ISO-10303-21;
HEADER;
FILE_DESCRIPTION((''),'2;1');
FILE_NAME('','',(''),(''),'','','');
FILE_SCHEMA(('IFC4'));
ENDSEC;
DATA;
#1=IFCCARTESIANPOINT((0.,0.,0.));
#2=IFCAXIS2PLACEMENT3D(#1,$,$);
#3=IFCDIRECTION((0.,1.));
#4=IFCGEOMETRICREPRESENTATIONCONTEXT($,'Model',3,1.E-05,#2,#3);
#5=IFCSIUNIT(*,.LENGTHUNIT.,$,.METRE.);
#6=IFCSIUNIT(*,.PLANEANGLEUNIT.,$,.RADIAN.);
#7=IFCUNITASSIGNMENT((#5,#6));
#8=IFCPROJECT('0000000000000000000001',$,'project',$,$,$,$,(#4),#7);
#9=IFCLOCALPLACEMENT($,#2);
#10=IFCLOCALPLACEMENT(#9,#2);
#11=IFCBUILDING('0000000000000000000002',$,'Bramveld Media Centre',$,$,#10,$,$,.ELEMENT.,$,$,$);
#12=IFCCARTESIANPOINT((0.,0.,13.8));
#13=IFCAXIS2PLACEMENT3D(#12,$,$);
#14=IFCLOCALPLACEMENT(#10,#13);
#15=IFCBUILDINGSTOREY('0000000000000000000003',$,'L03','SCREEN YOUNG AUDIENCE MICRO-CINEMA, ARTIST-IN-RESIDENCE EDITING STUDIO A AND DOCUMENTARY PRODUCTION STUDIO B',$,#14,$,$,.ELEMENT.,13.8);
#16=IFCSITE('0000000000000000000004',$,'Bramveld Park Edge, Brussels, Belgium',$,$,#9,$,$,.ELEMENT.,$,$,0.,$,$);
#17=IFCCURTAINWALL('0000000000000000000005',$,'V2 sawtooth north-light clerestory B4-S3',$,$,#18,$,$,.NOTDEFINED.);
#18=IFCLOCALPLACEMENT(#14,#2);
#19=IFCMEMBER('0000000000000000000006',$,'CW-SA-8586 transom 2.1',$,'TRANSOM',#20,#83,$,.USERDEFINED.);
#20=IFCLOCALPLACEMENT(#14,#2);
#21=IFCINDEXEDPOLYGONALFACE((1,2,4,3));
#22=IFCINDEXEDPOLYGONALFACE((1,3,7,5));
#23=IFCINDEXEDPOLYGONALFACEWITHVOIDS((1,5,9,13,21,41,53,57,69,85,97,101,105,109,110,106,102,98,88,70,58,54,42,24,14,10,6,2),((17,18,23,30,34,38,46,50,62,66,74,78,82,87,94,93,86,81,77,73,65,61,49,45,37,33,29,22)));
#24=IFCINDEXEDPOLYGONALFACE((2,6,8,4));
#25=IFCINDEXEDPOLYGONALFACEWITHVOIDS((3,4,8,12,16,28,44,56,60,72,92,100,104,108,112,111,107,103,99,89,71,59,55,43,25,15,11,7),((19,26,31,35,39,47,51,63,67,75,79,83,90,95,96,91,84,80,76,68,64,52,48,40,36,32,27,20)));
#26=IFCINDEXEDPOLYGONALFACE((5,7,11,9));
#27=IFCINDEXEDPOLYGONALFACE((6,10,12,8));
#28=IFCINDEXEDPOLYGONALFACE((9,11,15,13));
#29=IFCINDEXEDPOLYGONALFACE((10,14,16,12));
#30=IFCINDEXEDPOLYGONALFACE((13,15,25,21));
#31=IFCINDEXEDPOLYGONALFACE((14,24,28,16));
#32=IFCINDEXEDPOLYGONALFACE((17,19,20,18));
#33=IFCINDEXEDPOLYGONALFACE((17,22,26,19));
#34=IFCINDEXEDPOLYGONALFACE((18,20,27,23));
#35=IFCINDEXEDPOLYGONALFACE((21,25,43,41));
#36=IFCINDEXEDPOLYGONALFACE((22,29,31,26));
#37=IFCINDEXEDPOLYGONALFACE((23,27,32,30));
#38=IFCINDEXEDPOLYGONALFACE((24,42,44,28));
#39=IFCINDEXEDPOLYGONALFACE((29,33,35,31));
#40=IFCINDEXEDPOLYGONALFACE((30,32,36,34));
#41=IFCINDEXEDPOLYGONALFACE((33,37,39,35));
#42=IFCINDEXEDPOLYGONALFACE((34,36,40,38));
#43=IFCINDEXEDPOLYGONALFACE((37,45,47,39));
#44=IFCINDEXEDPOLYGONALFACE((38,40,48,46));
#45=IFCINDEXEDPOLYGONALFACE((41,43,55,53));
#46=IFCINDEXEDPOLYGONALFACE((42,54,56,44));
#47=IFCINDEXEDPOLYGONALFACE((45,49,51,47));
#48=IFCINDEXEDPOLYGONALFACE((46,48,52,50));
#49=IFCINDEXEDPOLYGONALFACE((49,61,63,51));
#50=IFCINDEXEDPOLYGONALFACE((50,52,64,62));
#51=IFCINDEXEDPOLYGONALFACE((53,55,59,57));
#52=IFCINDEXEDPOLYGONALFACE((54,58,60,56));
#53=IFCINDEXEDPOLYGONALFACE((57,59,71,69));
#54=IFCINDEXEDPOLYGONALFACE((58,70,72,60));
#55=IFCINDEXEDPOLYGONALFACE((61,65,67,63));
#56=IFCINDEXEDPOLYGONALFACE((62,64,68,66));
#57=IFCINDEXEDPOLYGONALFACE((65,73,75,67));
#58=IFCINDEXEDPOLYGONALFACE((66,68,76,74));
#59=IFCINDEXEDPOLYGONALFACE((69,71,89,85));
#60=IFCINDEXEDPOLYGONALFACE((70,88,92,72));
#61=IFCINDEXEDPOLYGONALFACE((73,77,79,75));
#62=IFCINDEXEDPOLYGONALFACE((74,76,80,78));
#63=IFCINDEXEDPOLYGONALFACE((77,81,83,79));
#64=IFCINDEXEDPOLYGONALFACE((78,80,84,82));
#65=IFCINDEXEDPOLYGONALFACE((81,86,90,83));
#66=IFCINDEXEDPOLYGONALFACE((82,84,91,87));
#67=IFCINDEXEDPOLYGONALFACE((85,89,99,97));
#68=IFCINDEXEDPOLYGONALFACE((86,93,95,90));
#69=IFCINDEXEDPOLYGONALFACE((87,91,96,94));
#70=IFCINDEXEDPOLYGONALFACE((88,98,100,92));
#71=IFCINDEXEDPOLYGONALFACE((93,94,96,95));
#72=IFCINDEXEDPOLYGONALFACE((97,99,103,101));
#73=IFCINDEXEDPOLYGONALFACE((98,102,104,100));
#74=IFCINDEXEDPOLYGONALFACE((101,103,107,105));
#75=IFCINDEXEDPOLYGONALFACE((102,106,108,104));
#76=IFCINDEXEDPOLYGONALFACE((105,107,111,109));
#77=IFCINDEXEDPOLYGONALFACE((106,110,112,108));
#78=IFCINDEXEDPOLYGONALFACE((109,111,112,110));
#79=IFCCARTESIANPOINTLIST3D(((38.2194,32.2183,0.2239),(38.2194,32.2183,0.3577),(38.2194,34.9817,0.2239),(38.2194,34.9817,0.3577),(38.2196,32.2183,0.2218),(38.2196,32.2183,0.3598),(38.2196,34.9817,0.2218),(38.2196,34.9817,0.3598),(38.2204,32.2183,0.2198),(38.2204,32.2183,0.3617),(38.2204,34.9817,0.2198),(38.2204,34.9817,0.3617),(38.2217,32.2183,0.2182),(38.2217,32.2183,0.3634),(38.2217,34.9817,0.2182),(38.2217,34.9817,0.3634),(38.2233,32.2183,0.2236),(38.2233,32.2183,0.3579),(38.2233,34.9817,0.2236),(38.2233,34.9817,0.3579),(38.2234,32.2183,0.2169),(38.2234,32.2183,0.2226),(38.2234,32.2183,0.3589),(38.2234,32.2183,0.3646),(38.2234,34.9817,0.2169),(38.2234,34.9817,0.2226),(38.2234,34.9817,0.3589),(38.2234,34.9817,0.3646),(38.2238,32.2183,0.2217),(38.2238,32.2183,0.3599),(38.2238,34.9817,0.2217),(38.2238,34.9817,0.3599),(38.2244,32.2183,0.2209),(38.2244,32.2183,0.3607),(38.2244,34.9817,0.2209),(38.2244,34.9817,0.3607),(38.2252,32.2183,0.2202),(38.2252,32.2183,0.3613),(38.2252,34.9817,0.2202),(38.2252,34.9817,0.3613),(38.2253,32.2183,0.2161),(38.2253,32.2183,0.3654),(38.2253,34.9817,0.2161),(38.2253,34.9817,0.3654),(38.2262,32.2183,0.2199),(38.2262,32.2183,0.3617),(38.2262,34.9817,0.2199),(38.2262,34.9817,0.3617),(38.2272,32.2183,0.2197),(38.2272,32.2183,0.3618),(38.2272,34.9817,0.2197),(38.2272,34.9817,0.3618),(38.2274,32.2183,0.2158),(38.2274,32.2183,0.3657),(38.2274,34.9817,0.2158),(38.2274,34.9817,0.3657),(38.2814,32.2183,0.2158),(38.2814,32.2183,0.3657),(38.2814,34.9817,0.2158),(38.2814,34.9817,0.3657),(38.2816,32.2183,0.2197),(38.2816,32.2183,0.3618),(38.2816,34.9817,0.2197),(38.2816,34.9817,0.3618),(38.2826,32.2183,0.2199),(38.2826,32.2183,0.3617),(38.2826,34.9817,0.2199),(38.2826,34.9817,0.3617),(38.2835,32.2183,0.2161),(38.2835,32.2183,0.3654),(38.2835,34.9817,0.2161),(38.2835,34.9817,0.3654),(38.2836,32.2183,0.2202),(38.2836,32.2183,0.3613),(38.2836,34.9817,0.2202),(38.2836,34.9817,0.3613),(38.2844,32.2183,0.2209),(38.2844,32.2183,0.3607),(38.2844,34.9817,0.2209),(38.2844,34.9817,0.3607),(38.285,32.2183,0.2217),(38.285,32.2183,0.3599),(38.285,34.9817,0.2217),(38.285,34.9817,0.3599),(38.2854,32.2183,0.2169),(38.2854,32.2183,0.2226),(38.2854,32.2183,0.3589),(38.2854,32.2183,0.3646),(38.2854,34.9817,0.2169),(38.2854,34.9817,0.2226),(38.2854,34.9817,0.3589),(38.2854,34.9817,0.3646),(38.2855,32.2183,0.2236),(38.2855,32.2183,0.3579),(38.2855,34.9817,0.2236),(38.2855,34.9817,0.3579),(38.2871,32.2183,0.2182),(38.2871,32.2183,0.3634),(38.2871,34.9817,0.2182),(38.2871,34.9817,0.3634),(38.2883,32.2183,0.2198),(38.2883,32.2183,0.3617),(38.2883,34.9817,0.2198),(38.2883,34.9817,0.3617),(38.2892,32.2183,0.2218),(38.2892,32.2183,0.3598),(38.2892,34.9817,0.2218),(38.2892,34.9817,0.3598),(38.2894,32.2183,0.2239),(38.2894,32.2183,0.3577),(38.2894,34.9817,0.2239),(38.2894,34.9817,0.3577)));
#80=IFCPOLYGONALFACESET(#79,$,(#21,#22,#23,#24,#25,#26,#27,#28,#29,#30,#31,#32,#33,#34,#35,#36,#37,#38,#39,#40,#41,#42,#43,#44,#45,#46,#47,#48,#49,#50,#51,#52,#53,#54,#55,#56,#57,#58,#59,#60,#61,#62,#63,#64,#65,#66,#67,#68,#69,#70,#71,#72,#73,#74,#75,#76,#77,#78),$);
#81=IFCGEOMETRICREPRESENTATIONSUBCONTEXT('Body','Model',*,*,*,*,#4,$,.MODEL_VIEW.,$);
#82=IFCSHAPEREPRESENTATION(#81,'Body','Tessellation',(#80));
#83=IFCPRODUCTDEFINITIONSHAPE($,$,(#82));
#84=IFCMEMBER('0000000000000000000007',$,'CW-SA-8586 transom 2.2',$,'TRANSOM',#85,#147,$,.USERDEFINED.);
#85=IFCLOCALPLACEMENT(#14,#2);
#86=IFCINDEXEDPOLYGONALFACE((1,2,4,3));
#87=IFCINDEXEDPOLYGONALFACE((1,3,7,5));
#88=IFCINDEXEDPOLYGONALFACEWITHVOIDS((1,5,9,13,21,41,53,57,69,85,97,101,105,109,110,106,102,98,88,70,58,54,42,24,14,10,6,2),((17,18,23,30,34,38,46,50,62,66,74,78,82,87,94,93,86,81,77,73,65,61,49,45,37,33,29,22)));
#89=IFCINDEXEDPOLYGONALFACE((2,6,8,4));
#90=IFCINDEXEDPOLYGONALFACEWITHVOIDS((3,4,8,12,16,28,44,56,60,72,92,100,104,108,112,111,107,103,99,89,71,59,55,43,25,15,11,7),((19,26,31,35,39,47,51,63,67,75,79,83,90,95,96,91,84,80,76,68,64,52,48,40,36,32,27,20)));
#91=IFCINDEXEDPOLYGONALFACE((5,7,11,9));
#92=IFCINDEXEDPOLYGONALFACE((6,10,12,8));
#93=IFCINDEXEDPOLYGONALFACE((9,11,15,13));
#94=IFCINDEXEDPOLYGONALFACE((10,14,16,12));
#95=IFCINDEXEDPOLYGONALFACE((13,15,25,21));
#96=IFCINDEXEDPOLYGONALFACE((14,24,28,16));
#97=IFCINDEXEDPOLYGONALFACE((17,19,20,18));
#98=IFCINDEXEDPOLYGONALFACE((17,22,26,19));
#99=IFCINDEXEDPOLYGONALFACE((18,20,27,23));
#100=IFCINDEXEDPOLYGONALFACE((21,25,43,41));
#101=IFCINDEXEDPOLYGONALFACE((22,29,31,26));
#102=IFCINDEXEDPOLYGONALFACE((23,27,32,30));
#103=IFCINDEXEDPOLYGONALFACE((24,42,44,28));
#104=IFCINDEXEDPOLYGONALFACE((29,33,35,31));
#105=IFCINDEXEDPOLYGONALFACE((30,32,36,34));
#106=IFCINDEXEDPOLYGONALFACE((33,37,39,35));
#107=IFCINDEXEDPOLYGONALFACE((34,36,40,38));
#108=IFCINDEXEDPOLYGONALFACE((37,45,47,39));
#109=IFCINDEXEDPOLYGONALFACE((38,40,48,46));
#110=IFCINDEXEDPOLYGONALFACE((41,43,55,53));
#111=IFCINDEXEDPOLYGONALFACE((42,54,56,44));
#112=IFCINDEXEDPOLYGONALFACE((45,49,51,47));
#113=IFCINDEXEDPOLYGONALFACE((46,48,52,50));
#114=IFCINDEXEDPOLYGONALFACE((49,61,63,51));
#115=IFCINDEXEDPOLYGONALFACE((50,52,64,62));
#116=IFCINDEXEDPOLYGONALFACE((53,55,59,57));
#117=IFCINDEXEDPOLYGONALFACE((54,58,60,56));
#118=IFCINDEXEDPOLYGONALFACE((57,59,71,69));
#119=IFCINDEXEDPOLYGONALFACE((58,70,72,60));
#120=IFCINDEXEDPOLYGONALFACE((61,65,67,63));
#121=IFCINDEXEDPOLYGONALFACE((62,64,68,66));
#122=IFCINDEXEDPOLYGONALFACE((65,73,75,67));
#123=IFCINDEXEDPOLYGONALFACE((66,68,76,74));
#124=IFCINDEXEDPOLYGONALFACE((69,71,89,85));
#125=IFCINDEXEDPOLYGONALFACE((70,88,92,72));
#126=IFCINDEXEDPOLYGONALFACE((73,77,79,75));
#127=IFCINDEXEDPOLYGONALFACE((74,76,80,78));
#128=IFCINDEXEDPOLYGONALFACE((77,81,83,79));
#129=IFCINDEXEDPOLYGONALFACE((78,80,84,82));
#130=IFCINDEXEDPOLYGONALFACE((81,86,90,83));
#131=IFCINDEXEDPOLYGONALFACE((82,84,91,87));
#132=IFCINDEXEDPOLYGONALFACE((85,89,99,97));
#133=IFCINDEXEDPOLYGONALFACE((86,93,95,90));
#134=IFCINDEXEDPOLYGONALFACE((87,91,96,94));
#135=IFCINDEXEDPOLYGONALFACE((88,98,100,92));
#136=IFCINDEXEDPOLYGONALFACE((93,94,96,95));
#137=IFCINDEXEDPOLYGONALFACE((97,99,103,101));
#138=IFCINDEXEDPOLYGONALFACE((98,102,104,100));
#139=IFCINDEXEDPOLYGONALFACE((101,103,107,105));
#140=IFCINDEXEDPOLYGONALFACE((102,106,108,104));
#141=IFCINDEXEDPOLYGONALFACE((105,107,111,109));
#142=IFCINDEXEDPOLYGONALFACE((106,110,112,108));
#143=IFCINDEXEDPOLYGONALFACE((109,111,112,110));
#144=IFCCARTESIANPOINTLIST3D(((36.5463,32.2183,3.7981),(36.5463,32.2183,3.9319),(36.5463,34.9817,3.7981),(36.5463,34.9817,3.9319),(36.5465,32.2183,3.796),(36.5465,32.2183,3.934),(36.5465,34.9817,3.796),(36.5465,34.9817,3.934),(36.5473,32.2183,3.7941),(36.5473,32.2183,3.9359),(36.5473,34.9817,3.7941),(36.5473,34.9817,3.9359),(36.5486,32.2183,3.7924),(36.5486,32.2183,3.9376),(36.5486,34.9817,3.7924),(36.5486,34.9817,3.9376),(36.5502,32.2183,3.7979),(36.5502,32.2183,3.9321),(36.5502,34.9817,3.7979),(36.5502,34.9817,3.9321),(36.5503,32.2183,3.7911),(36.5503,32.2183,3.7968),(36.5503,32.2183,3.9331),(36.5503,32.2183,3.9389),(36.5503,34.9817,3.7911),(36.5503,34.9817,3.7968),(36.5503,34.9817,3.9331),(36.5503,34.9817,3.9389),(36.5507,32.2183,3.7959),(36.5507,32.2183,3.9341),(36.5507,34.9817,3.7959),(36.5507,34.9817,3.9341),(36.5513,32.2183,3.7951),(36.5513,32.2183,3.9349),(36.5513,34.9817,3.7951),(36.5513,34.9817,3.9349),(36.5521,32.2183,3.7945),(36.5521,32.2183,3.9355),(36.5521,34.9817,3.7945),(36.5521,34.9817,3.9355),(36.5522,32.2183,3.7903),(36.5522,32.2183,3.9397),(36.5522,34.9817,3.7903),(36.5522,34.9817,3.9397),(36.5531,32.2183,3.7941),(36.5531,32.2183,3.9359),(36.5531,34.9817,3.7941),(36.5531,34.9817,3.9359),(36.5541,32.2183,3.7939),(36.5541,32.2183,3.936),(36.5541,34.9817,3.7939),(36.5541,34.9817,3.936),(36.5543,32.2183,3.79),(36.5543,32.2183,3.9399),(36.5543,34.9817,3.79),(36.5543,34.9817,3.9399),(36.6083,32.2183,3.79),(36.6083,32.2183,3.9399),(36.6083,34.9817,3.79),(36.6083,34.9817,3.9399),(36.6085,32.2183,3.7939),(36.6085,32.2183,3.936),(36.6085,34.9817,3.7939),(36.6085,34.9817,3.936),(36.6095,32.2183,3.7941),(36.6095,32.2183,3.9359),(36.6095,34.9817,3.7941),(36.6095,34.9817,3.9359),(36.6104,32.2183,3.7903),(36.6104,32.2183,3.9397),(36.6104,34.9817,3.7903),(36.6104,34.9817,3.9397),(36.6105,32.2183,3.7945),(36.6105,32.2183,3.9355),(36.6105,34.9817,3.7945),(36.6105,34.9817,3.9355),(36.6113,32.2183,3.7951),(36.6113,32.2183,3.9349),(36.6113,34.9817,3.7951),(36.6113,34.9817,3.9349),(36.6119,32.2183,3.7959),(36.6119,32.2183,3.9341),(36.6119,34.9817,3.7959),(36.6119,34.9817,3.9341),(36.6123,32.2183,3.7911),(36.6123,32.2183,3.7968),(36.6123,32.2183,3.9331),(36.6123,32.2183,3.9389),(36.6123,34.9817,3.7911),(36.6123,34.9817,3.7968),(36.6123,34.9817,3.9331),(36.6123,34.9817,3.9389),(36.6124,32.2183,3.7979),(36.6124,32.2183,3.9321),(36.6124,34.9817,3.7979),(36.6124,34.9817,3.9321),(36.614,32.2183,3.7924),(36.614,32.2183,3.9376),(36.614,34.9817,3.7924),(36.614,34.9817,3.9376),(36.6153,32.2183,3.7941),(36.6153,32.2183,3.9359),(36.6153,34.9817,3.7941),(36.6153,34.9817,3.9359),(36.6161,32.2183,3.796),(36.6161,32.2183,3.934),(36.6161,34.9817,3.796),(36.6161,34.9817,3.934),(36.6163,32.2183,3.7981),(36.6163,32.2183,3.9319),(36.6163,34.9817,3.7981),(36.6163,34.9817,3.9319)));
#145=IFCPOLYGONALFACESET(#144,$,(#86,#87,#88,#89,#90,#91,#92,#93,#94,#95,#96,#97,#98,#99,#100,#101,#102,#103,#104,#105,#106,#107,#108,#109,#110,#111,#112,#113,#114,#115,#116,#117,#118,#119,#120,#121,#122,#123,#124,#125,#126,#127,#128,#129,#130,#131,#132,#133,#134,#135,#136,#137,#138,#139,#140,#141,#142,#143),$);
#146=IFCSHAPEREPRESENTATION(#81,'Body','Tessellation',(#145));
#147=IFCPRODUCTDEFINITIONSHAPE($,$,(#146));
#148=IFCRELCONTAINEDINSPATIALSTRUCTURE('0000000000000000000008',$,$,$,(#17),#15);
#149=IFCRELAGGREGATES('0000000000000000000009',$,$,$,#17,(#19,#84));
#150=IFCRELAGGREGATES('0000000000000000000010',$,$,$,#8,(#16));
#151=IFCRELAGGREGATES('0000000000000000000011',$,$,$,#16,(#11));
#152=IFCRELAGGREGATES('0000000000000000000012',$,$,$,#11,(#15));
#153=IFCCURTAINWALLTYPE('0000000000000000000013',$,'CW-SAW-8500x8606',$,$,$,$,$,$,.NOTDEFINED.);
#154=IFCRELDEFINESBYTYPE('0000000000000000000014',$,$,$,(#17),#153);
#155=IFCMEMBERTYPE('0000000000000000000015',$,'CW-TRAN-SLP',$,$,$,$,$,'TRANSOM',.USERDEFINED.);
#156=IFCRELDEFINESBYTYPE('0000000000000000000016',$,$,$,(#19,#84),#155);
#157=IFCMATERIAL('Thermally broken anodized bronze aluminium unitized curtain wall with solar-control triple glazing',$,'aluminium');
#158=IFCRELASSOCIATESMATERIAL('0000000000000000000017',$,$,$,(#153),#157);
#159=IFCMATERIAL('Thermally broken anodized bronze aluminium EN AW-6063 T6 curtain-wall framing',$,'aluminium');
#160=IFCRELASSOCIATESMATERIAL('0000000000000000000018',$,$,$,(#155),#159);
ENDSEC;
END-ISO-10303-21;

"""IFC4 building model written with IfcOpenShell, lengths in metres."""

from ifc_helpers import new_model, si_unit, direction, frame, origin, origin_2d, place, context, subcontext, project, spatial, hollow_rectangle, extrude, material, material_profile, profile_set, type_object, element, aggregate, save


model = new_model("IFC4")

# Units and contexts
model_context = context("Model", 3, precision=1e-05, world=origin(), true_north=direction((0.0, 1.0)))
body_context = subcontext(model_context, "Body", "Model", "MODEL_VIEW")
ifc_project = project(units=[si_unit("LENGTHUNIT", "METRE"), si_unit("PLANEANGLEUNIT", "RADIAN")], contexts=[model_context])

# Site, building, storey
site_placement = place(None, origin())
site = spatial("IfcSite", under=ifc_project, at=site_placement, Name="Bramveld Park Edge, Brussels, Belgium", CompositionType="ELEMENT", RefElevation=0.0)
building_placement = place(site_placement, origin())
building = spatial("IfcBuilding", under=site, at=building_placement, Name="Bramveld Media Centre", CompositionType="ELEMENT")
storey_placement = place(building_placement, frame((0.0, 0.0, 13.8)))
storey = spatial("IfcBuildingStorey", under=building, at=storey_placement, Name="L03", Description="SCREEN YOUNG AUDIENCE MICRO-CINEMA, ARTIST-IN-RESIDENCE EDITING STUDIO A AND DOCUMENTARY PRODUCTION STUDIO B", CompositionType="ELEMENT", Elevation=13.8)

# Curtain wall, members
ifc_material_1 = material(Name="Thermally broken anodized bronze aluminium unitized curtain wall with solar-control triple glazing", Category="aluminium")
curtain_wall_type = type_object("IfcCurtainWallType", Name="CW-SAW-8500x8606", PredefinedType="NOTDEFINED", material=ifc_material_1)
curtain_wall_placement = place(storey_placement, origin())
curtain_wall = element("IfcCurtainWall", 1, at=curtain_wall_placement, inside=storey, type_object=curtain_wall_type, Name="V2 sawtooth north-light clerestory B4-S3", PredefinedType="NOTDEFINED")
ifc_material_2 = material(Name="Thermally broken anodized bronze aluminium EN AW-6063 T6 curtain-wall framing", Category="aluminium")
ifc_material_profile_1 = material_profile(ifc_material_2, hollow_rectangle(XDim=0.0701, YDim=0.1499, WallThickness=0.0039, InnerFilletRadius=0.0039, OuterFilletRadius=0.0081, at=origin_2d()), Name="AL-TRAN 70x150")
ifc_profile_set_1 = profile_set([ifc_material_profile_1], Name="Thermally broken anodized bronze aluminium EN AW-6063 T6 curtain-wall framing")
member_type_1 = type_object("IfcMemberType", Name="CW-TRAN-SLP", ElementType="TRANSOM", PredefinedType="USERDEFINED", material=ifc_profile_set_1)
member_1_placement = place(storey_placement, frame((38.2544, 32.2183, 0.2908), z_axis=(0.0, 1.0, 0.0), x_axis=(-1.0, 0.0, 0.0)))
member_1 = element("IfcMember", 2, at=member_1_placement, type_object=member_type_1, Name="CW-SA-8586 transom 2.1", ObjectType="TRANSOM", PredefinedType="USERDEFINED", context=body_context, shape_type="SweptSolid", body=[
    extrude(hollow_rectangle(XDim=0.0701, YDim=0.1499, WallThickness=0.0039, InnerFilletRadius=0.0039, OuterFilletRadius=0.0081, at=origin_2d()), origin(), (0.0, 0.0, 1.0), 2.7634),
])
member_2_placement = place(storey_placement, frame((36.5813, 32.2183, 3.865), z_axis=(0.0, 1.0, 0.0), x_axis=(-1.0, 0.0, 0.0)))
member_2 = element("IfcMember", 3, at=member_2_placement, type_object=member_type_1, Name="CW-SA-8586 transom 2.2", ObjectType="TRANSOM", PredefinedType="USERDEFINED", context=body_context, shape_type="SweptSolid", body=[
    extrude(hollow_rectangle(XDim=0.0701, YDim=0.1499, WallThickness=0.0039, InnerFilletRadius=0.0039, OuterFilletRadius=0.0081, at=origin_2d()), origin(), (0.0, 0.0, 1.0), 2.7634),
])

aggregate(curtain_wall, [member_1, member_2])

save(model, "model.ifc")
